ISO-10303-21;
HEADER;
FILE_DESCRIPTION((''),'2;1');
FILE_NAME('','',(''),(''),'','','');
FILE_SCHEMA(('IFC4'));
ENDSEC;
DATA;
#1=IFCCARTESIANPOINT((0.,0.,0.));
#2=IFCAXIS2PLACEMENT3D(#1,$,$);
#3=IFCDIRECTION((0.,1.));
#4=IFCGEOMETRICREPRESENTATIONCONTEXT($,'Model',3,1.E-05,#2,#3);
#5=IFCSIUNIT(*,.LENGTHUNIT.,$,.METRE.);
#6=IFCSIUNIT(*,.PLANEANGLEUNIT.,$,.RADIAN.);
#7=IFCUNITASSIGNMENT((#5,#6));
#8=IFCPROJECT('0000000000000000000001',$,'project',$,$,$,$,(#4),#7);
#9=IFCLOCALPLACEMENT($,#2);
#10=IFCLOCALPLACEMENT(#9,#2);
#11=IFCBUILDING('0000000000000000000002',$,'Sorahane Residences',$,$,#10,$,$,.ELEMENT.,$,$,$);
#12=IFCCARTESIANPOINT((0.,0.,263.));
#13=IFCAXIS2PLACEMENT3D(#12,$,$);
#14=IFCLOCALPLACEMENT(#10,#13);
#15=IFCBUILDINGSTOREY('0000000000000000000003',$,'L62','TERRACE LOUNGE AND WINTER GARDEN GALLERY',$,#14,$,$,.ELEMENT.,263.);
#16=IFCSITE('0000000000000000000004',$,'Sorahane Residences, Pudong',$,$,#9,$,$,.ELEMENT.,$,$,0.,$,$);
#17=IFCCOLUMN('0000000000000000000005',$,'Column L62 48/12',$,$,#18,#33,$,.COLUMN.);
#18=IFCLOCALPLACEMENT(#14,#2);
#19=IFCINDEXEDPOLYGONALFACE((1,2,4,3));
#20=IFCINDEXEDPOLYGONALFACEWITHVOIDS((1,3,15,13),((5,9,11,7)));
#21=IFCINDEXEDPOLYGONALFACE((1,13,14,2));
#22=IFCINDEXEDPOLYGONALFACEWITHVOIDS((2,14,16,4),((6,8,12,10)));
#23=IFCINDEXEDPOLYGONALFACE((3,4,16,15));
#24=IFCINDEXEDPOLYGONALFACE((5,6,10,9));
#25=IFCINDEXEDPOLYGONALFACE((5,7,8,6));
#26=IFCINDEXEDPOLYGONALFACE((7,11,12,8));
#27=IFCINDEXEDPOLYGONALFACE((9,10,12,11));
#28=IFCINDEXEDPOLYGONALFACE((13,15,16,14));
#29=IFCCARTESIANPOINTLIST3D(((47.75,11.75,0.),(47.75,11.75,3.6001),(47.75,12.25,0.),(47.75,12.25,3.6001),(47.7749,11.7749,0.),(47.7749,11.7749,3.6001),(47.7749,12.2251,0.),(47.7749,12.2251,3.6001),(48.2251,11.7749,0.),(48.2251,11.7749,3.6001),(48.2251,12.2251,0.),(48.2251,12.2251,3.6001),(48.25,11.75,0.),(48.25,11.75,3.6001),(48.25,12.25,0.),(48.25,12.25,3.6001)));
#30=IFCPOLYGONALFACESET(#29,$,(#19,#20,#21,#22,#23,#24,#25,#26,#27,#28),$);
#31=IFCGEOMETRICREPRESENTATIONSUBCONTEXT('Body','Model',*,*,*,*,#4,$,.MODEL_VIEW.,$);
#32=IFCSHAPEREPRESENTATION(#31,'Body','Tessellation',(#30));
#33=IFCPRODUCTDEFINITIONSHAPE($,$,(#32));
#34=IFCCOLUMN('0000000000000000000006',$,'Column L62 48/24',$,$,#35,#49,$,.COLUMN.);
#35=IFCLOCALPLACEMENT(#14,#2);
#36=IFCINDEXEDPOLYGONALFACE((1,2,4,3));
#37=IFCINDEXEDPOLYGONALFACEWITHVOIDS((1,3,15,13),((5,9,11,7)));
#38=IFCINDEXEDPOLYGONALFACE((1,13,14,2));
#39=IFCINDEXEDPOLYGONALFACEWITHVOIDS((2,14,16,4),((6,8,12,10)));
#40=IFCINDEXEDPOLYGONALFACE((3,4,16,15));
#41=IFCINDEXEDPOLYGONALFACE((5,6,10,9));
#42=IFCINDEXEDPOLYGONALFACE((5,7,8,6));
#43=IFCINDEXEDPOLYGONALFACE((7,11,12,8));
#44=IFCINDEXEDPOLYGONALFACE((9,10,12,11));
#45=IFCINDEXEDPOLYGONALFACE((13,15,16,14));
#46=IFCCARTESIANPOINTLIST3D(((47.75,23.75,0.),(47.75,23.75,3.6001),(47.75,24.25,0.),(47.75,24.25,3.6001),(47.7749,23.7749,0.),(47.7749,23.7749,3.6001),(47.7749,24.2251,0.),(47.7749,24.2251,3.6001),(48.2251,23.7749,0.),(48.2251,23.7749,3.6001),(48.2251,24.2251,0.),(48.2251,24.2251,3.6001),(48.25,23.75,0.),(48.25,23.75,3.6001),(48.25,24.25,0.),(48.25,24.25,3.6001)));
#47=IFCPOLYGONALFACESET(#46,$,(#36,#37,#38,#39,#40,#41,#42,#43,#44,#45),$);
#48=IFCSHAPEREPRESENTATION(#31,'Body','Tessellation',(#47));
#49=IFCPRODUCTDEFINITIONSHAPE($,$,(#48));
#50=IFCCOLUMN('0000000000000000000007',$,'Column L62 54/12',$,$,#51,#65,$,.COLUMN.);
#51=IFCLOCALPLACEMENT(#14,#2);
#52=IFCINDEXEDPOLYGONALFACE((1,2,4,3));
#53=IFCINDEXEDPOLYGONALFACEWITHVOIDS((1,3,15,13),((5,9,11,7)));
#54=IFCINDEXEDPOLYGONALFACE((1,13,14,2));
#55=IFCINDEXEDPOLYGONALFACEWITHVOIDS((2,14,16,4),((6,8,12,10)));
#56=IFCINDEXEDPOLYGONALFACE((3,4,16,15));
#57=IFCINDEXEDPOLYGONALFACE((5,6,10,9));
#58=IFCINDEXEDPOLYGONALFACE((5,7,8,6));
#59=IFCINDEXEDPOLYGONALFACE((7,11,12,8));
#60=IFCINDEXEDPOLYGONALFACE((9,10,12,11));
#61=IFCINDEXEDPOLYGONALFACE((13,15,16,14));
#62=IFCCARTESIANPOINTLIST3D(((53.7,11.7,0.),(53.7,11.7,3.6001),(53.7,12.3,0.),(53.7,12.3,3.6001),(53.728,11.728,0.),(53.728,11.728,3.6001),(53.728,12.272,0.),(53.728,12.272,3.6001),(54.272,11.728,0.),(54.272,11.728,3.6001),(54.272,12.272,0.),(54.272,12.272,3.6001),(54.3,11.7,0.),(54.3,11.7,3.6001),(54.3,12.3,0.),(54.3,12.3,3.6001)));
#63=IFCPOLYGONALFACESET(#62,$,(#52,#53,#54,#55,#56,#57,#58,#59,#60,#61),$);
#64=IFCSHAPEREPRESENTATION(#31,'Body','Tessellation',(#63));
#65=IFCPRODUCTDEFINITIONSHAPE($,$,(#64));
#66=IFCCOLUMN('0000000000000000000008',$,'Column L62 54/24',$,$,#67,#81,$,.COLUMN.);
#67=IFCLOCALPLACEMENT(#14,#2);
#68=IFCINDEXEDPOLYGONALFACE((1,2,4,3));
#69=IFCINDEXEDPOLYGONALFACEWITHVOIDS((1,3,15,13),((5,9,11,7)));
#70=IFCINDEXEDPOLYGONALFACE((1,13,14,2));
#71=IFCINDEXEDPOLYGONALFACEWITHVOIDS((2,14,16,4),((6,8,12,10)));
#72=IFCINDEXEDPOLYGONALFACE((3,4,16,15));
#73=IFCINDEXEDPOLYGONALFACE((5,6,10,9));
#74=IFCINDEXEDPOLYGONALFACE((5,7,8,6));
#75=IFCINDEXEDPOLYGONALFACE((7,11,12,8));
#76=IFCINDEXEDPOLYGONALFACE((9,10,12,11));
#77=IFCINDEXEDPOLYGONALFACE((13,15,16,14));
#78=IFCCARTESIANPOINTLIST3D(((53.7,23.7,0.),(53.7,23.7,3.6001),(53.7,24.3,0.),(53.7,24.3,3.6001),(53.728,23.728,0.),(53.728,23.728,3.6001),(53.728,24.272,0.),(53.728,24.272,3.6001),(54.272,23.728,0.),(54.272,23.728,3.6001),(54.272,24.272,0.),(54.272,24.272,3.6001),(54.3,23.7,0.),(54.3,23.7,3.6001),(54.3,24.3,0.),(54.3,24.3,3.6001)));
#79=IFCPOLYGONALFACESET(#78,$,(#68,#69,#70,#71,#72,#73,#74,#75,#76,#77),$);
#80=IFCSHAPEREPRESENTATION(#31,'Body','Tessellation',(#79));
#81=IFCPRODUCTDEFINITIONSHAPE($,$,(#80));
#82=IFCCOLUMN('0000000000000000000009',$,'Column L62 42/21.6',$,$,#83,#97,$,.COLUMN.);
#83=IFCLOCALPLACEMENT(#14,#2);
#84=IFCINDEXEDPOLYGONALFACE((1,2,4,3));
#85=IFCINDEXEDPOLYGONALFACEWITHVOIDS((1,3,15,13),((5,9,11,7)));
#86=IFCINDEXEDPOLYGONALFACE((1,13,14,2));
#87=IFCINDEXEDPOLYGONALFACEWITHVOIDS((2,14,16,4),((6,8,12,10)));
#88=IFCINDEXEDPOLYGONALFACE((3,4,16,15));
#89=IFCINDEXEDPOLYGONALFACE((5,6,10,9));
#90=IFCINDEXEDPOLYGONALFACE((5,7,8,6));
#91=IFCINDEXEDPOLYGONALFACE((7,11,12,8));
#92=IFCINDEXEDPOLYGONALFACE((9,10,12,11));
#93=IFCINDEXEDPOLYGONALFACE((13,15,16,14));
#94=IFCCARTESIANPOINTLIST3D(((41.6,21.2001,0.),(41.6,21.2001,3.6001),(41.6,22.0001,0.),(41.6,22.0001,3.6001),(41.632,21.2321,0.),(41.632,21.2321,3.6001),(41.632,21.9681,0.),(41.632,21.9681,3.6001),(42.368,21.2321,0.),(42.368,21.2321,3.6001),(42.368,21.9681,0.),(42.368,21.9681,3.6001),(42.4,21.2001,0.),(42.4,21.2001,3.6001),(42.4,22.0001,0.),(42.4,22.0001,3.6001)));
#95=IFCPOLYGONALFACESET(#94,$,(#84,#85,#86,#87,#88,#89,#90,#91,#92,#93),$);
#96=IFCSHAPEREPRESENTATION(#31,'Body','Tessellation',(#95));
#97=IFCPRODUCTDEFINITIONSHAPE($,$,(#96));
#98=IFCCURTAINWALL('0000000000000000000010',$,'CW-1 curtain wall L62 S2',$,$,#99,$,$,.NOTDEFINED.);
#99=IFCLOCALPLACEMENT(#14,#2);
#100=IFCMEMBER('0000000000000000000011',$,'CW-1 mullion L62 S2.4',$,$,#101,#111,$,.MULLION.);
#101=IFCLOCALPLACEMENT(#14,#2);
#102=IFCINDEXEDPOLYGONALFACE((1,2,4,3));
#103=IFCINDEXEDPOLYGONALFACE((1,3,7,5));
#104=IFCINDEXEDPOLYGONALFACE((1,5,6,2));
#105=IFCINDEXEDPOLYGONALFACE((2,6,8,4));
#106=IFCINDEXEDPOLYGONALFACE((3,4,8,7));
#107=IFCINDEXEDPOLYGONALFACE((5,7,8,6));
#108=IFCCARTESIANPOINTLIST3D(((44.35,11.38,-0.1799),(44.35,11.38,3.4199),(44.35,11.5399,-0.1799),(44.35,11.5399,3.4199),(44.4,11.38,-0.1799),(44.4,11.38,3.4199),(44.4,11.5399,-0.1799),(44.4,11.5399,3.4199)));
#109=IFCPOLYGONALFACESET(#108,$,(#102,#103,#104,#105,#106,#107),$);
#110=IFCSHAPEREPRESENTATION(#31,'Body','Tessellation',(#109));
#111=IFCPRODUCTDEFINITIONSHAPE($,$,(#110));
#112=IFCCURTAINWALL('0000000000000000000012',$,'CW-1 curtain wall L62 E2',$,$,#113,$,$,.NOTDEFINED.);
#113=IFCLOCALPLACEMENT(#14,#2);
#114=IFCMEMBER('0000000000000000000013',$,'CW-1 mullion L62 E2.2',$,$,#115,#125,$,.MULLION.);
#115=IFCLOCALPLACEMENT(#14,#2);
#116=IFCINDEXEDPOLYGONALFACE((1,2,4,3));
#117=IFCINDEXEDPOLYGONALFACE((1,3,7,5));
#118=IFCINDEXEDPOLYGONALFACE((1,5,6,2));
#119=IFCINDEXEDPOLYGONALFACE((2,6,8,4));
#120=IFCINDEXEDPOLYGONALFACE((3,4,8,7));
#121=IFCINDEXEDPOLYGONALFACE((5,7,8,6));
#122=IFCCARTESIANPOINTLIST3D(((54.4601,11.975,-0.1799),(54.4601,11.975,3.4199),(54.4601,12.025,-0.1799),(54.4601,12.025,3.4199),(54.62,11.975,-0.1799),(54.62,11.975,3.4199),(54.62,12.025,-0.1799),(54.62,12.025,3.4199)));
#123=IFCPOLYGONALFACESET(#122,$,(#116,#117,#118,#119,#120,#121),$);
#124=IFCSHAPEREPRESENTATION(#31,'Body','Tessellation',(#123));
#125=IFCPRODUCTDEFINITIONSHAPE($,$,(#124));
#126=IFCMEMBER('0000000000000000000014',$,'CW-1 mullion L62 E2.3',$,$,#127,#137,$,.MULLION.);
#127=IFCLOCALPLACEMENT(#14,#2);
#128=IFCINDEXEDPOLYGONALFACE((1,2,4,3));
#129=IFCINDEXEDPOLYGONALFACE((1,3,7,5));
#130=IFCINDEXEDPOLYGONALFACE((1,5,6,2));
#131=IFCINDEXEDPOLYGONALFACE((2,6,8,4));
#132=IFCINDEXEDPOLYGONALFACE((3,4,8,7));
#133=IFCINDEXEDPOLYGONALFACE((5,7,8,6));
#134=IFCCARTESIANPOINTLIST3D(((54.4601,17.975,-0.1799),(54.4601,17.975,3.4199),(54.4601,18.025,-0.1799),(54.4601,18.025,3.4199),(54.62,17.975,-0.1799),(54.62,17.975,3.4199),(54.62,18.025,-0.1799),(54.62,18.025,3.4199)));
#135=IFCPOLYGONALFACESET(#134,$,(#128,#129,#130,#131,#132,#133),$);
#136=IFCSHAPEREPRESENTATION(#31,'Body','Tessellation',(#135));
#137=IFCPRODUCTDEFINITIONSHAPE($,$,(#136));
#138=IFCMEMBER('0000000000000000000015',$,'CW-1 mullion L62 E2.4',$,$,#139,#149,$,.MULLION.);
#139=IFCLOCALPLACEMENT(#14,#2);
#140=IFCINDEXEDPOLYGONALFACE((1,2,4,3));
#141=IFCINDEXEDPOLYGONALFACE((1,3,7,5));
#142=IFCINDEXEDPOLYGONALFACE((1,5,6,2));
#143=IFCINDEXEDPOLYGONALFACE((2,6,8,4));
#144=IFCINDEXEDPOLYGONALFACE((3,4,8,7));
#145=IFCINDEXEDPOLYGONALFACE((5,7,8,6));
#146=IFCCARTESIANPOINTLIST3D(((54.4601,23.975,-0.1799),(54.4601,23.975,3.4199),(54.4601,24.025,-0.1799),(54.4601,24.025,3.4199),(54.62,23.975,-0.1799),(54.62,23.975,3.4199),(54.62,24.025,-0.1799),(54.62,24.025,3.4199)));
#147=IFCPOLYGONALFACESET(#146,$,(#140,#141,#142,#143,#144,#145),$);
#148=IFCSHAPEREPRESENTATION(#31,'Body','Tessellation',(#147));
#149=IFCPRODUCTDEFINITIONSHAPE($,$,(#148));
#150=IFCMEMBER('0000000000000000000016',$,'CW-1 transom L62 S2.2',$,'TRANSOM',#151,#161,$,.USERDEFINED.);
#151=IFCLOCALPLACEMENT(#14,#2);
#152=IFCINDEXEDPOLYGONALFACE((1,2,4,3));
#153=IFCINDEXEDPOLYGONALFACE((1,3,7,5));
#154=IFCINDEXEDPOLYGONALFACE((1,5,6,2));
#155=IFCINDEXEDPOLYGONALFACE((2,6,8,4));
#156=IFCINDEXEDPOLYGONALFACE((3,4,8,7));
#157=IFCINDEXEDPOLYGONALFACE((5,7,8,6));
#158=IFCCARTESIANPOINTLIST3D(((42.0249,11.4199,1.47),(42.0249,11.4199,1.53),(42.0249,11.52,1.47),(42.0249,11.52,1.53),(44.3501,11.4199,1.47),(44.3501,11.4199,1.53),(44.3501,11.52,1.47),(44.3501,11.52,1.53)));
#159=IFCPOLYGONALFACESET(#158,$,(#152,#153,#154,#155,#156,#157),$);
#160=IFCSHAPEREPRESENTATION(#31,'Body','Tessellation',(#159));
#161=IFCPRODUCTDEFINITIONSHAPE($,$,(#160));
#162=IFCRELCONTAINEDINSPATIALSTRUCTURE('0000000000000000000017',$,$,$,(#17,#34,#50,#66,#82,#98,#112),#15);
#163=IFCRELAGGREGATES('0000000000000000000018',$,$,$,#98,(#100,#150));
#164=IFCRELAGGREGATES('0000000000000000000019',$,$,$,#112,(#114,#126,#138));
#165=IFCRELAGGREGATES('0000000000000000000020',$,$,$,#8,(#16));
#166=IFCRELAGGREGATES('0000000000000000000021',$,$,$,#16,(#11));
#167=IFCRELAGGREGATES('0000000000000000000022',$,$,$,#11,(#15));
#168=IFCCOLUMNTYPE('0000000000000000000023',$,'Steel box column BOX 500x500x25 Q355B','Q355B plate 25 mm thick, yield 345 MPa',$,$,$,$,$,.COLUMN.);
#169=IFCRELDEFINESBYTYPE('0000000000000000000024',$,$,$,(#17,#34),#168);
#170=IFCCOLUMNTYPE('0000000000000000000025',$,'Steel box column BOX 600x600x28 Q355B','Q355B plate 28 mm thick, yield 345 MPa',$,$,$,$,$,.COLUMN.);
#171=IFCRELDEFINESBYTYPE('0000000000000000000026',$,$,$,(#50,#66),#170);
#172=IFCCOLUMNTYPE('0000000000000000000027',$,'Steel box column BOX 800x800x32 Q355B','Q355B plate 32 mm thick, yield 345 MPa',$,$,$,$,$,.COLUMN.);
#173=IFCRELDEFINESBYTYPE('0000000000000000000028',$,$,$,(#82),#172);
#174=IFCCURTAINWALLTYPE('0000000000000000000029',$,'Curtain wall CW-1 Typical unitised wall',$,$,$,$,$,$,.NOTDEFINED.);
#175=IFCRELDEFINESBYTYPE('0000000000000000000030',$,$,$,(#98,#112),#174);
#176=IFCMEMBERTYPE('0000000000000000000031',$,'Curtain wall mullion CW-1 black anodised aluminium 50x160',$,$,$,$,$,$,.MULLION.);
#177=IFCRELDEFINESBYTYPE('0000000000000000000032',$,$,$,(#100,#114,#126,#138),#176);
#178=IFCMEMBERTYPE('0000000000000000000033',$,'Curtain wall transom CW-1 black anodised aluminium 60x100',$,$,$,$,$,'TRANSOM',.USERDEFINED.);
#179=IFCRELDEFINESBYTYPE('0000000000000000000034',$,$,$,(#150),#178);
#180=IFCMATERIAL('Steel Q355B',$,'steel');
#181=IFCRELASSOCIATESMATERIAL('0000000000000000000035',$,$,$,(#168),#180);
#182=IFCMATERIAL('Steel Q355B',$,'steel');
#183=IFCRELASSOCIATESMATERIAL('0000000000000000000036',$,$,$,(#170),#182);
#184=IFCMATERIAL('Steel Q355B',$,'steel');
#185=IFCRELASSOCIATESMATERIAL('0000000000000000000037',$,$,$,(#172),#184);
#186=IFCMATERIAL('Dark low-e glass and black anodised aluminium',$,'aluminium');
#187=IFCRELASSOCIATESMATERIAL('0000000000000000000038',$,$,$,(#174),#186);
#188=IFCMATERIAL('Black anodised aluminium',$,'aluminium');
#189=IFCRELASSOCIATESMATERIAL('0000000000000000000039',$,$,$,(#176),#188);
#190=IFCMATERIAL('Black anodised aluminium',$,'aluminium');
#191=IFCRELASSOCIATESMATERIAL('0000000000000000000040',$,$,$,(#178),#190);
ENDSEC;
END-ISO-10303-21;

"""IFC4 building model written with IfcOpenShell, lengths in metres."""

from ifc_helpers import new_model, si_unit, direction, frame, origin, origin_2d, place, context, subcontext, project, spatial, rectangle, hollow_rectangle, extrude, material, material_profile, profile_set, type_object, element, aggregate, save


model = new_model("IFC4")

# Units and contexts
model_context = context("Model", 3, precision=1e-05, world=origin(), true_north=direction((0.0, 1.0)))
body_context = subcontext(model_context, "Body", "Model", "MODEL_VIEW")
ifc_project = project(units=[si_unit("LENGTHUNIT", "METRE"), si_unit("PLANEANGLEUNIT", "RADIAN")], contexts=[model_context])

# Site, building, storey
site_placement = place(None, origin())
site = spatial("IfcSite", under=ifc_project, at=site_placement, Name="Sorahane Residences, Pudong", CompositionType="ELEMENT", RefElevation=0.0)
building_placement = place(site_placement, origin())
building = spatial("IfcBuilding", under=site, at=building_placement, Name="Sorahane Residences", CompositionType="ELEMENT")
storey_placement = place(building_placement, frame((0.0, 0.0, 263.0)))
storey = spatial("IfcBuildingStorey", under=building, at=storey_placement, Name="L62", Description="TERRACE LOUNGE AND WINTER GARDEN GALLERY", CompositionType="ELEMENT", Elevation=263.0)

# Columns
ifc_material_1 = material(Name="Steel Q355B", Category="steel")
ifc_material_profile_1 = material_profile(ifc_material_1, hollow_rectangle(XDim=0.5, YDim=0.5, WallThickness=0.0249, at=origin_2d()), Name="BOX 500x500x25")
ifc_profile_set_1 = profile_set([ifc_material_profile_1], Name="Steel Q355B")
column_type_1 = type_object("IfcColumnType", Name="Steel box column BOX 500x500x25 Q355B", Description="Q355B plate 25 mm thick, yield 345 MPa", PredefinedType="COLUMN", material=ifc_profile_set_1)
for number, where, z_axis, x_axis, name in (
    (1, (48.0, 12.0, 0.0), (0.0, 0.0, 1.0), (1.0, 0.0, 0.0), "Column L62 48/12"),
    (2, (48.0, 24.0, 0.0), (0.0, 0.0, 1.0), (1.0, 0.0, 0.0), "Column L62 48/24"),
):
    element("IfcColumn", number, at=place(storey_placement, frame(where, z_axis=z_axis, x_axis=x_axis)), inside=storey, type_object=column_type_1, Name=name, PredefinedType="COLUMN", context=body_context, shape_type="SweptSolid", body=[
        extrude(hollow_rectangle(XDim=0.5, YDim=0.5, WallThickness=0.0249, at=origin_2d()), origin(), (0.0, 0.0, 1.0), 3.6001),
    ])
ifc_material_2 = material(Name="Steel Q355B", Category="steel")
ifc_material_profile_2 = material_profile(ifc_material_2, hollow_rectangle(XDim=0.6001, YDim=0.6001, WallThickness=0.0281, at=origin_2d()), Name="BOX 600x600x28")
ifc_profile_set_2 = profile_set([ifc_material_profile_2], Name="Steel Q355B")
column_type_2 = type_object("IfcColumnType", Name="Steel box column BOX 600x600x28 Q355B", Description="Q355B plate 28 mm thick, yield 345 MPa", PredefinedType="COLUMN", material=ifc_profile_set_2)
for number, where, z_axis, x_axis, name in (
    (3, (54.0, 12.0, 0.0), (0.0, 0.0, 1.0), (1.0, 0.0, 0.0), "Column L62 54/12"),
    (4, (54.0, 24.0, 0.0), (0.0, 0.0, 1.0), (1.0, 0.0, 0.0), "Column L62 54/24"),
):
    element("IfcColumn", number, at=place(storey_placement, frame(where, z_axis=z_axis, x_axis=x_axis)), inside=storey, type_object=column_type_2, Name=name, PredefinedType="COLUMN", context=body_context, shape_type="SweptSolid", body=[
        extrude(hollow_rectangle(XDim=0.6001, YDim=0.6001, WallThickness=0.0281, at=origin_2d()), origin(), (0.0, 0.0, 1.0), 3.6001),
    ])
ifc_material_3 = material(Name="Steel Q355B", Category="steel")
ifc_material_profile_3 = material_profile(ifc_material_3, hollow_rectangle(XDim=0.8, YDim=0.8, WallThickness=0.032, at=origin_2d()), Name="BOX 800x800x32")
ifc_profile_set_3 = profile_set([ifc_material_profile_3], Name="Steel Q355B")
column_type_3 = type_object("IfcColumnType", Name="Steel box column BOX 800x800x32 Q355B", Description="Q355B plate 32 mm thick, yield 345 MPa", PredefinedType="COLUMN", material=ifc_profile_set_3)
column_placement = place(storey_placement, frame((42.0, 21.6001, 0.0), z_axis=(0.0, 0.0, 1.0), x_axis=(1.0, 0.0, 0.0)))
element("IfcColumn", 5, at=column_placement, inside=storey, type_object=column_type_3, Name="Column L62 42/21.6", PredefinedType="COLUMN", context=body_context, shape_type="SweptSolid", body=[
    extrude(hollow_rectangle(XDim=0.8, YDim=0.8, WallThickness=0.032, at=origin_2d()), origin(), (0.0, 0.0, 1.0), 3.6001),
])

# Curtain wall, member
ifc_material_4 = material(Name="Dark low-e glass and black anodised aluminium", Category="aluminium")
curtain_wall_type = type_object("IfcCurtainWallType", Name="Curtain wall CW-1 Typical unitised wall", PredefinedType="NOTDEFINED", material=ifc_material_4)
curtain_wall_1_placement = place(storey_placement, origin())
curtain_wall_1 = element("IfcCurtainWall", 6, at=curtain_wall_1_placement, inside=storey, type_object=curtain_wall_type, Name="CW-1 curtain wall L62 S2", PredefinedType="NOTDEFINED")
ifc_material_5 = material(Name="Black anodised aluminium", Category="aluminium")
ifc_material_profile_4 = material_profile(ifc_material_5, rectangle(XDim=0.1599, YDim=0.05, at=origin_2d()), Name="Curtain wall mullion CW-1 black anodised aluminium 50x160")
ifc_profile_set_4 = profile_set([ifc_material_profile_4], Name="Black anodised aluminium")
member_type_1 = type_object("IfcMemberType", Name="Curtain wall mullion CW-1 black anodised aluminium 50x160", PredefinedType="MULLION", material=ifc_profile_set_4)
member_1_placement = place(storey_placement, frame((44.375, 11.46, -0.1799), z_axis=(0.0, 0.0, 1.0), x_axis=(0.0, -1.0, 0.0)))
member_1 = element("IfcMember", 7, at=member_1_placement, type_object=member_type_1, Name="CW-1 mullion L62 S2.4", PredefinedType="MULLION", context=body_context, shape_type="SweptSolid", body=[
    extrude(rectangle(XDim=0.1599, YDim=0.05, at=origin_2d()), origin(), (0.0, 0.0, 1.0), 3.5999),
])

# Curtain wall, members
curtain_wall_2_placement = place(storey_placement, origin())
curtain_wall_2 = element("IfcCurtainWall", 8, at=curtain_wall_2_placement, inside=storey, type_object=curtain_wall_type, Name="CW-1 curtain wall L62 E2", PredefinedType="NOTDEFINED")
member_2_placement = place(storey_placement, frame((54.54, 12.0, -0.1799), z_axis=(0.0, 0.0, 1.0), x_axis=(1.0, 0.0, 0.0)))
member_2 = element("IfcMember", 9, at=member_2_placement, type_object=member_type_1, Name="CW-1 mullion L62 E2.2", PredefinedType="MULLION", context=body_context, shape_type="SweptSolid", body=[
    extrude(rectangle(XDim=0.1599, YDim=0.05, at=origin_2d()), origin(), (0.0, 0.0, 1.0), 3.5999),
])
member_3_placement = place(storey_placement, frame((54.54, 18.0, -0.1799), z_axis=(0.0, 0.0, 1.0), x_axis=(1.0, 0.0, 0.0)))
member_3 = element("IfcMember", 10, at=member_3_placement, type_object=member_type_1, Name="CW-1 mullion L62 E2.3", PredefinedType="MULLION", context=body_context, shape_type="SweptSolid", body=[
    extrude(rectangle(XDim=0.1599, YDim=0.05, at=origin_2d()), origin(), (0.0, 0.0, 1.0), 3.5999),
])
member_4_placement = place(storey_placement, frame((54.54, 24.0, -0.1799), z_axis=(0.0, 0.0, 1.0), x_axis=(1.0, 0.0, 0.0)))
member_4 = element("IfcMember", 11, at=member_4_placement, type_object=member_type_1, Name="CW-1 mullion L62 E2.4", PredefinedType="MULLION", context=body_context, shape_type="SweptSolid", body=[
    extrude(rectangle(XDim=0.1599, YDim=0.05, at=origin_2d()), origin(), (0.0, 0.0, 1.0), 3.5999),
])

# Member
ifc_material_6 = material(Name="Black anodised aluminium", Category="aluminium")
ifc_material_profile_5 = material_profile(ifc_material_6, rectangle(XDim=0.1001, YDim=0.0601, at=origin_2d()), Name="Curtain wall transom CW-1 black anodised aluminium 60x100")
ifc_profile_set_5 = profile_set([ifc_material_profile_5], Name="Black anodised aluminium")
member_type_2 = type_object("IfcMemberType", Name="Curtain wall transom CW-1 black anodised aluminium 60x100", ElementType="TRANSOM", PredefinedType="USERDEFINED", material=ifc_profile_set_5)
member_5_placement = place(storey_placement, frame((42.0249, 11.47, 1.5), z_axis=(1.0, 0.0, 0.0), x_axis=(0.0, 1.0, 0.0)))
member_5 = element("IfcMember", 12, at=member_5_placement, type_object=member_type_2, Name="CW-1 transom L62 S2.2", ObjectType="TRANSOM", PredefinedType="USERDEFINED", context=body_context, shape_type="SweptSolid", body=[
    extrude(rectangle(XDim=0.1001, YDim=0.0601, at=origin_2d()), origin(), (0.0, 0.0, 1.0), 2.3252),
])
aggregate(curtain_wall_1, [member_1, member_5])

aggregate(curtain_wall_2, [member_2, member_3, member_4])

save(model, "model.ifc")
